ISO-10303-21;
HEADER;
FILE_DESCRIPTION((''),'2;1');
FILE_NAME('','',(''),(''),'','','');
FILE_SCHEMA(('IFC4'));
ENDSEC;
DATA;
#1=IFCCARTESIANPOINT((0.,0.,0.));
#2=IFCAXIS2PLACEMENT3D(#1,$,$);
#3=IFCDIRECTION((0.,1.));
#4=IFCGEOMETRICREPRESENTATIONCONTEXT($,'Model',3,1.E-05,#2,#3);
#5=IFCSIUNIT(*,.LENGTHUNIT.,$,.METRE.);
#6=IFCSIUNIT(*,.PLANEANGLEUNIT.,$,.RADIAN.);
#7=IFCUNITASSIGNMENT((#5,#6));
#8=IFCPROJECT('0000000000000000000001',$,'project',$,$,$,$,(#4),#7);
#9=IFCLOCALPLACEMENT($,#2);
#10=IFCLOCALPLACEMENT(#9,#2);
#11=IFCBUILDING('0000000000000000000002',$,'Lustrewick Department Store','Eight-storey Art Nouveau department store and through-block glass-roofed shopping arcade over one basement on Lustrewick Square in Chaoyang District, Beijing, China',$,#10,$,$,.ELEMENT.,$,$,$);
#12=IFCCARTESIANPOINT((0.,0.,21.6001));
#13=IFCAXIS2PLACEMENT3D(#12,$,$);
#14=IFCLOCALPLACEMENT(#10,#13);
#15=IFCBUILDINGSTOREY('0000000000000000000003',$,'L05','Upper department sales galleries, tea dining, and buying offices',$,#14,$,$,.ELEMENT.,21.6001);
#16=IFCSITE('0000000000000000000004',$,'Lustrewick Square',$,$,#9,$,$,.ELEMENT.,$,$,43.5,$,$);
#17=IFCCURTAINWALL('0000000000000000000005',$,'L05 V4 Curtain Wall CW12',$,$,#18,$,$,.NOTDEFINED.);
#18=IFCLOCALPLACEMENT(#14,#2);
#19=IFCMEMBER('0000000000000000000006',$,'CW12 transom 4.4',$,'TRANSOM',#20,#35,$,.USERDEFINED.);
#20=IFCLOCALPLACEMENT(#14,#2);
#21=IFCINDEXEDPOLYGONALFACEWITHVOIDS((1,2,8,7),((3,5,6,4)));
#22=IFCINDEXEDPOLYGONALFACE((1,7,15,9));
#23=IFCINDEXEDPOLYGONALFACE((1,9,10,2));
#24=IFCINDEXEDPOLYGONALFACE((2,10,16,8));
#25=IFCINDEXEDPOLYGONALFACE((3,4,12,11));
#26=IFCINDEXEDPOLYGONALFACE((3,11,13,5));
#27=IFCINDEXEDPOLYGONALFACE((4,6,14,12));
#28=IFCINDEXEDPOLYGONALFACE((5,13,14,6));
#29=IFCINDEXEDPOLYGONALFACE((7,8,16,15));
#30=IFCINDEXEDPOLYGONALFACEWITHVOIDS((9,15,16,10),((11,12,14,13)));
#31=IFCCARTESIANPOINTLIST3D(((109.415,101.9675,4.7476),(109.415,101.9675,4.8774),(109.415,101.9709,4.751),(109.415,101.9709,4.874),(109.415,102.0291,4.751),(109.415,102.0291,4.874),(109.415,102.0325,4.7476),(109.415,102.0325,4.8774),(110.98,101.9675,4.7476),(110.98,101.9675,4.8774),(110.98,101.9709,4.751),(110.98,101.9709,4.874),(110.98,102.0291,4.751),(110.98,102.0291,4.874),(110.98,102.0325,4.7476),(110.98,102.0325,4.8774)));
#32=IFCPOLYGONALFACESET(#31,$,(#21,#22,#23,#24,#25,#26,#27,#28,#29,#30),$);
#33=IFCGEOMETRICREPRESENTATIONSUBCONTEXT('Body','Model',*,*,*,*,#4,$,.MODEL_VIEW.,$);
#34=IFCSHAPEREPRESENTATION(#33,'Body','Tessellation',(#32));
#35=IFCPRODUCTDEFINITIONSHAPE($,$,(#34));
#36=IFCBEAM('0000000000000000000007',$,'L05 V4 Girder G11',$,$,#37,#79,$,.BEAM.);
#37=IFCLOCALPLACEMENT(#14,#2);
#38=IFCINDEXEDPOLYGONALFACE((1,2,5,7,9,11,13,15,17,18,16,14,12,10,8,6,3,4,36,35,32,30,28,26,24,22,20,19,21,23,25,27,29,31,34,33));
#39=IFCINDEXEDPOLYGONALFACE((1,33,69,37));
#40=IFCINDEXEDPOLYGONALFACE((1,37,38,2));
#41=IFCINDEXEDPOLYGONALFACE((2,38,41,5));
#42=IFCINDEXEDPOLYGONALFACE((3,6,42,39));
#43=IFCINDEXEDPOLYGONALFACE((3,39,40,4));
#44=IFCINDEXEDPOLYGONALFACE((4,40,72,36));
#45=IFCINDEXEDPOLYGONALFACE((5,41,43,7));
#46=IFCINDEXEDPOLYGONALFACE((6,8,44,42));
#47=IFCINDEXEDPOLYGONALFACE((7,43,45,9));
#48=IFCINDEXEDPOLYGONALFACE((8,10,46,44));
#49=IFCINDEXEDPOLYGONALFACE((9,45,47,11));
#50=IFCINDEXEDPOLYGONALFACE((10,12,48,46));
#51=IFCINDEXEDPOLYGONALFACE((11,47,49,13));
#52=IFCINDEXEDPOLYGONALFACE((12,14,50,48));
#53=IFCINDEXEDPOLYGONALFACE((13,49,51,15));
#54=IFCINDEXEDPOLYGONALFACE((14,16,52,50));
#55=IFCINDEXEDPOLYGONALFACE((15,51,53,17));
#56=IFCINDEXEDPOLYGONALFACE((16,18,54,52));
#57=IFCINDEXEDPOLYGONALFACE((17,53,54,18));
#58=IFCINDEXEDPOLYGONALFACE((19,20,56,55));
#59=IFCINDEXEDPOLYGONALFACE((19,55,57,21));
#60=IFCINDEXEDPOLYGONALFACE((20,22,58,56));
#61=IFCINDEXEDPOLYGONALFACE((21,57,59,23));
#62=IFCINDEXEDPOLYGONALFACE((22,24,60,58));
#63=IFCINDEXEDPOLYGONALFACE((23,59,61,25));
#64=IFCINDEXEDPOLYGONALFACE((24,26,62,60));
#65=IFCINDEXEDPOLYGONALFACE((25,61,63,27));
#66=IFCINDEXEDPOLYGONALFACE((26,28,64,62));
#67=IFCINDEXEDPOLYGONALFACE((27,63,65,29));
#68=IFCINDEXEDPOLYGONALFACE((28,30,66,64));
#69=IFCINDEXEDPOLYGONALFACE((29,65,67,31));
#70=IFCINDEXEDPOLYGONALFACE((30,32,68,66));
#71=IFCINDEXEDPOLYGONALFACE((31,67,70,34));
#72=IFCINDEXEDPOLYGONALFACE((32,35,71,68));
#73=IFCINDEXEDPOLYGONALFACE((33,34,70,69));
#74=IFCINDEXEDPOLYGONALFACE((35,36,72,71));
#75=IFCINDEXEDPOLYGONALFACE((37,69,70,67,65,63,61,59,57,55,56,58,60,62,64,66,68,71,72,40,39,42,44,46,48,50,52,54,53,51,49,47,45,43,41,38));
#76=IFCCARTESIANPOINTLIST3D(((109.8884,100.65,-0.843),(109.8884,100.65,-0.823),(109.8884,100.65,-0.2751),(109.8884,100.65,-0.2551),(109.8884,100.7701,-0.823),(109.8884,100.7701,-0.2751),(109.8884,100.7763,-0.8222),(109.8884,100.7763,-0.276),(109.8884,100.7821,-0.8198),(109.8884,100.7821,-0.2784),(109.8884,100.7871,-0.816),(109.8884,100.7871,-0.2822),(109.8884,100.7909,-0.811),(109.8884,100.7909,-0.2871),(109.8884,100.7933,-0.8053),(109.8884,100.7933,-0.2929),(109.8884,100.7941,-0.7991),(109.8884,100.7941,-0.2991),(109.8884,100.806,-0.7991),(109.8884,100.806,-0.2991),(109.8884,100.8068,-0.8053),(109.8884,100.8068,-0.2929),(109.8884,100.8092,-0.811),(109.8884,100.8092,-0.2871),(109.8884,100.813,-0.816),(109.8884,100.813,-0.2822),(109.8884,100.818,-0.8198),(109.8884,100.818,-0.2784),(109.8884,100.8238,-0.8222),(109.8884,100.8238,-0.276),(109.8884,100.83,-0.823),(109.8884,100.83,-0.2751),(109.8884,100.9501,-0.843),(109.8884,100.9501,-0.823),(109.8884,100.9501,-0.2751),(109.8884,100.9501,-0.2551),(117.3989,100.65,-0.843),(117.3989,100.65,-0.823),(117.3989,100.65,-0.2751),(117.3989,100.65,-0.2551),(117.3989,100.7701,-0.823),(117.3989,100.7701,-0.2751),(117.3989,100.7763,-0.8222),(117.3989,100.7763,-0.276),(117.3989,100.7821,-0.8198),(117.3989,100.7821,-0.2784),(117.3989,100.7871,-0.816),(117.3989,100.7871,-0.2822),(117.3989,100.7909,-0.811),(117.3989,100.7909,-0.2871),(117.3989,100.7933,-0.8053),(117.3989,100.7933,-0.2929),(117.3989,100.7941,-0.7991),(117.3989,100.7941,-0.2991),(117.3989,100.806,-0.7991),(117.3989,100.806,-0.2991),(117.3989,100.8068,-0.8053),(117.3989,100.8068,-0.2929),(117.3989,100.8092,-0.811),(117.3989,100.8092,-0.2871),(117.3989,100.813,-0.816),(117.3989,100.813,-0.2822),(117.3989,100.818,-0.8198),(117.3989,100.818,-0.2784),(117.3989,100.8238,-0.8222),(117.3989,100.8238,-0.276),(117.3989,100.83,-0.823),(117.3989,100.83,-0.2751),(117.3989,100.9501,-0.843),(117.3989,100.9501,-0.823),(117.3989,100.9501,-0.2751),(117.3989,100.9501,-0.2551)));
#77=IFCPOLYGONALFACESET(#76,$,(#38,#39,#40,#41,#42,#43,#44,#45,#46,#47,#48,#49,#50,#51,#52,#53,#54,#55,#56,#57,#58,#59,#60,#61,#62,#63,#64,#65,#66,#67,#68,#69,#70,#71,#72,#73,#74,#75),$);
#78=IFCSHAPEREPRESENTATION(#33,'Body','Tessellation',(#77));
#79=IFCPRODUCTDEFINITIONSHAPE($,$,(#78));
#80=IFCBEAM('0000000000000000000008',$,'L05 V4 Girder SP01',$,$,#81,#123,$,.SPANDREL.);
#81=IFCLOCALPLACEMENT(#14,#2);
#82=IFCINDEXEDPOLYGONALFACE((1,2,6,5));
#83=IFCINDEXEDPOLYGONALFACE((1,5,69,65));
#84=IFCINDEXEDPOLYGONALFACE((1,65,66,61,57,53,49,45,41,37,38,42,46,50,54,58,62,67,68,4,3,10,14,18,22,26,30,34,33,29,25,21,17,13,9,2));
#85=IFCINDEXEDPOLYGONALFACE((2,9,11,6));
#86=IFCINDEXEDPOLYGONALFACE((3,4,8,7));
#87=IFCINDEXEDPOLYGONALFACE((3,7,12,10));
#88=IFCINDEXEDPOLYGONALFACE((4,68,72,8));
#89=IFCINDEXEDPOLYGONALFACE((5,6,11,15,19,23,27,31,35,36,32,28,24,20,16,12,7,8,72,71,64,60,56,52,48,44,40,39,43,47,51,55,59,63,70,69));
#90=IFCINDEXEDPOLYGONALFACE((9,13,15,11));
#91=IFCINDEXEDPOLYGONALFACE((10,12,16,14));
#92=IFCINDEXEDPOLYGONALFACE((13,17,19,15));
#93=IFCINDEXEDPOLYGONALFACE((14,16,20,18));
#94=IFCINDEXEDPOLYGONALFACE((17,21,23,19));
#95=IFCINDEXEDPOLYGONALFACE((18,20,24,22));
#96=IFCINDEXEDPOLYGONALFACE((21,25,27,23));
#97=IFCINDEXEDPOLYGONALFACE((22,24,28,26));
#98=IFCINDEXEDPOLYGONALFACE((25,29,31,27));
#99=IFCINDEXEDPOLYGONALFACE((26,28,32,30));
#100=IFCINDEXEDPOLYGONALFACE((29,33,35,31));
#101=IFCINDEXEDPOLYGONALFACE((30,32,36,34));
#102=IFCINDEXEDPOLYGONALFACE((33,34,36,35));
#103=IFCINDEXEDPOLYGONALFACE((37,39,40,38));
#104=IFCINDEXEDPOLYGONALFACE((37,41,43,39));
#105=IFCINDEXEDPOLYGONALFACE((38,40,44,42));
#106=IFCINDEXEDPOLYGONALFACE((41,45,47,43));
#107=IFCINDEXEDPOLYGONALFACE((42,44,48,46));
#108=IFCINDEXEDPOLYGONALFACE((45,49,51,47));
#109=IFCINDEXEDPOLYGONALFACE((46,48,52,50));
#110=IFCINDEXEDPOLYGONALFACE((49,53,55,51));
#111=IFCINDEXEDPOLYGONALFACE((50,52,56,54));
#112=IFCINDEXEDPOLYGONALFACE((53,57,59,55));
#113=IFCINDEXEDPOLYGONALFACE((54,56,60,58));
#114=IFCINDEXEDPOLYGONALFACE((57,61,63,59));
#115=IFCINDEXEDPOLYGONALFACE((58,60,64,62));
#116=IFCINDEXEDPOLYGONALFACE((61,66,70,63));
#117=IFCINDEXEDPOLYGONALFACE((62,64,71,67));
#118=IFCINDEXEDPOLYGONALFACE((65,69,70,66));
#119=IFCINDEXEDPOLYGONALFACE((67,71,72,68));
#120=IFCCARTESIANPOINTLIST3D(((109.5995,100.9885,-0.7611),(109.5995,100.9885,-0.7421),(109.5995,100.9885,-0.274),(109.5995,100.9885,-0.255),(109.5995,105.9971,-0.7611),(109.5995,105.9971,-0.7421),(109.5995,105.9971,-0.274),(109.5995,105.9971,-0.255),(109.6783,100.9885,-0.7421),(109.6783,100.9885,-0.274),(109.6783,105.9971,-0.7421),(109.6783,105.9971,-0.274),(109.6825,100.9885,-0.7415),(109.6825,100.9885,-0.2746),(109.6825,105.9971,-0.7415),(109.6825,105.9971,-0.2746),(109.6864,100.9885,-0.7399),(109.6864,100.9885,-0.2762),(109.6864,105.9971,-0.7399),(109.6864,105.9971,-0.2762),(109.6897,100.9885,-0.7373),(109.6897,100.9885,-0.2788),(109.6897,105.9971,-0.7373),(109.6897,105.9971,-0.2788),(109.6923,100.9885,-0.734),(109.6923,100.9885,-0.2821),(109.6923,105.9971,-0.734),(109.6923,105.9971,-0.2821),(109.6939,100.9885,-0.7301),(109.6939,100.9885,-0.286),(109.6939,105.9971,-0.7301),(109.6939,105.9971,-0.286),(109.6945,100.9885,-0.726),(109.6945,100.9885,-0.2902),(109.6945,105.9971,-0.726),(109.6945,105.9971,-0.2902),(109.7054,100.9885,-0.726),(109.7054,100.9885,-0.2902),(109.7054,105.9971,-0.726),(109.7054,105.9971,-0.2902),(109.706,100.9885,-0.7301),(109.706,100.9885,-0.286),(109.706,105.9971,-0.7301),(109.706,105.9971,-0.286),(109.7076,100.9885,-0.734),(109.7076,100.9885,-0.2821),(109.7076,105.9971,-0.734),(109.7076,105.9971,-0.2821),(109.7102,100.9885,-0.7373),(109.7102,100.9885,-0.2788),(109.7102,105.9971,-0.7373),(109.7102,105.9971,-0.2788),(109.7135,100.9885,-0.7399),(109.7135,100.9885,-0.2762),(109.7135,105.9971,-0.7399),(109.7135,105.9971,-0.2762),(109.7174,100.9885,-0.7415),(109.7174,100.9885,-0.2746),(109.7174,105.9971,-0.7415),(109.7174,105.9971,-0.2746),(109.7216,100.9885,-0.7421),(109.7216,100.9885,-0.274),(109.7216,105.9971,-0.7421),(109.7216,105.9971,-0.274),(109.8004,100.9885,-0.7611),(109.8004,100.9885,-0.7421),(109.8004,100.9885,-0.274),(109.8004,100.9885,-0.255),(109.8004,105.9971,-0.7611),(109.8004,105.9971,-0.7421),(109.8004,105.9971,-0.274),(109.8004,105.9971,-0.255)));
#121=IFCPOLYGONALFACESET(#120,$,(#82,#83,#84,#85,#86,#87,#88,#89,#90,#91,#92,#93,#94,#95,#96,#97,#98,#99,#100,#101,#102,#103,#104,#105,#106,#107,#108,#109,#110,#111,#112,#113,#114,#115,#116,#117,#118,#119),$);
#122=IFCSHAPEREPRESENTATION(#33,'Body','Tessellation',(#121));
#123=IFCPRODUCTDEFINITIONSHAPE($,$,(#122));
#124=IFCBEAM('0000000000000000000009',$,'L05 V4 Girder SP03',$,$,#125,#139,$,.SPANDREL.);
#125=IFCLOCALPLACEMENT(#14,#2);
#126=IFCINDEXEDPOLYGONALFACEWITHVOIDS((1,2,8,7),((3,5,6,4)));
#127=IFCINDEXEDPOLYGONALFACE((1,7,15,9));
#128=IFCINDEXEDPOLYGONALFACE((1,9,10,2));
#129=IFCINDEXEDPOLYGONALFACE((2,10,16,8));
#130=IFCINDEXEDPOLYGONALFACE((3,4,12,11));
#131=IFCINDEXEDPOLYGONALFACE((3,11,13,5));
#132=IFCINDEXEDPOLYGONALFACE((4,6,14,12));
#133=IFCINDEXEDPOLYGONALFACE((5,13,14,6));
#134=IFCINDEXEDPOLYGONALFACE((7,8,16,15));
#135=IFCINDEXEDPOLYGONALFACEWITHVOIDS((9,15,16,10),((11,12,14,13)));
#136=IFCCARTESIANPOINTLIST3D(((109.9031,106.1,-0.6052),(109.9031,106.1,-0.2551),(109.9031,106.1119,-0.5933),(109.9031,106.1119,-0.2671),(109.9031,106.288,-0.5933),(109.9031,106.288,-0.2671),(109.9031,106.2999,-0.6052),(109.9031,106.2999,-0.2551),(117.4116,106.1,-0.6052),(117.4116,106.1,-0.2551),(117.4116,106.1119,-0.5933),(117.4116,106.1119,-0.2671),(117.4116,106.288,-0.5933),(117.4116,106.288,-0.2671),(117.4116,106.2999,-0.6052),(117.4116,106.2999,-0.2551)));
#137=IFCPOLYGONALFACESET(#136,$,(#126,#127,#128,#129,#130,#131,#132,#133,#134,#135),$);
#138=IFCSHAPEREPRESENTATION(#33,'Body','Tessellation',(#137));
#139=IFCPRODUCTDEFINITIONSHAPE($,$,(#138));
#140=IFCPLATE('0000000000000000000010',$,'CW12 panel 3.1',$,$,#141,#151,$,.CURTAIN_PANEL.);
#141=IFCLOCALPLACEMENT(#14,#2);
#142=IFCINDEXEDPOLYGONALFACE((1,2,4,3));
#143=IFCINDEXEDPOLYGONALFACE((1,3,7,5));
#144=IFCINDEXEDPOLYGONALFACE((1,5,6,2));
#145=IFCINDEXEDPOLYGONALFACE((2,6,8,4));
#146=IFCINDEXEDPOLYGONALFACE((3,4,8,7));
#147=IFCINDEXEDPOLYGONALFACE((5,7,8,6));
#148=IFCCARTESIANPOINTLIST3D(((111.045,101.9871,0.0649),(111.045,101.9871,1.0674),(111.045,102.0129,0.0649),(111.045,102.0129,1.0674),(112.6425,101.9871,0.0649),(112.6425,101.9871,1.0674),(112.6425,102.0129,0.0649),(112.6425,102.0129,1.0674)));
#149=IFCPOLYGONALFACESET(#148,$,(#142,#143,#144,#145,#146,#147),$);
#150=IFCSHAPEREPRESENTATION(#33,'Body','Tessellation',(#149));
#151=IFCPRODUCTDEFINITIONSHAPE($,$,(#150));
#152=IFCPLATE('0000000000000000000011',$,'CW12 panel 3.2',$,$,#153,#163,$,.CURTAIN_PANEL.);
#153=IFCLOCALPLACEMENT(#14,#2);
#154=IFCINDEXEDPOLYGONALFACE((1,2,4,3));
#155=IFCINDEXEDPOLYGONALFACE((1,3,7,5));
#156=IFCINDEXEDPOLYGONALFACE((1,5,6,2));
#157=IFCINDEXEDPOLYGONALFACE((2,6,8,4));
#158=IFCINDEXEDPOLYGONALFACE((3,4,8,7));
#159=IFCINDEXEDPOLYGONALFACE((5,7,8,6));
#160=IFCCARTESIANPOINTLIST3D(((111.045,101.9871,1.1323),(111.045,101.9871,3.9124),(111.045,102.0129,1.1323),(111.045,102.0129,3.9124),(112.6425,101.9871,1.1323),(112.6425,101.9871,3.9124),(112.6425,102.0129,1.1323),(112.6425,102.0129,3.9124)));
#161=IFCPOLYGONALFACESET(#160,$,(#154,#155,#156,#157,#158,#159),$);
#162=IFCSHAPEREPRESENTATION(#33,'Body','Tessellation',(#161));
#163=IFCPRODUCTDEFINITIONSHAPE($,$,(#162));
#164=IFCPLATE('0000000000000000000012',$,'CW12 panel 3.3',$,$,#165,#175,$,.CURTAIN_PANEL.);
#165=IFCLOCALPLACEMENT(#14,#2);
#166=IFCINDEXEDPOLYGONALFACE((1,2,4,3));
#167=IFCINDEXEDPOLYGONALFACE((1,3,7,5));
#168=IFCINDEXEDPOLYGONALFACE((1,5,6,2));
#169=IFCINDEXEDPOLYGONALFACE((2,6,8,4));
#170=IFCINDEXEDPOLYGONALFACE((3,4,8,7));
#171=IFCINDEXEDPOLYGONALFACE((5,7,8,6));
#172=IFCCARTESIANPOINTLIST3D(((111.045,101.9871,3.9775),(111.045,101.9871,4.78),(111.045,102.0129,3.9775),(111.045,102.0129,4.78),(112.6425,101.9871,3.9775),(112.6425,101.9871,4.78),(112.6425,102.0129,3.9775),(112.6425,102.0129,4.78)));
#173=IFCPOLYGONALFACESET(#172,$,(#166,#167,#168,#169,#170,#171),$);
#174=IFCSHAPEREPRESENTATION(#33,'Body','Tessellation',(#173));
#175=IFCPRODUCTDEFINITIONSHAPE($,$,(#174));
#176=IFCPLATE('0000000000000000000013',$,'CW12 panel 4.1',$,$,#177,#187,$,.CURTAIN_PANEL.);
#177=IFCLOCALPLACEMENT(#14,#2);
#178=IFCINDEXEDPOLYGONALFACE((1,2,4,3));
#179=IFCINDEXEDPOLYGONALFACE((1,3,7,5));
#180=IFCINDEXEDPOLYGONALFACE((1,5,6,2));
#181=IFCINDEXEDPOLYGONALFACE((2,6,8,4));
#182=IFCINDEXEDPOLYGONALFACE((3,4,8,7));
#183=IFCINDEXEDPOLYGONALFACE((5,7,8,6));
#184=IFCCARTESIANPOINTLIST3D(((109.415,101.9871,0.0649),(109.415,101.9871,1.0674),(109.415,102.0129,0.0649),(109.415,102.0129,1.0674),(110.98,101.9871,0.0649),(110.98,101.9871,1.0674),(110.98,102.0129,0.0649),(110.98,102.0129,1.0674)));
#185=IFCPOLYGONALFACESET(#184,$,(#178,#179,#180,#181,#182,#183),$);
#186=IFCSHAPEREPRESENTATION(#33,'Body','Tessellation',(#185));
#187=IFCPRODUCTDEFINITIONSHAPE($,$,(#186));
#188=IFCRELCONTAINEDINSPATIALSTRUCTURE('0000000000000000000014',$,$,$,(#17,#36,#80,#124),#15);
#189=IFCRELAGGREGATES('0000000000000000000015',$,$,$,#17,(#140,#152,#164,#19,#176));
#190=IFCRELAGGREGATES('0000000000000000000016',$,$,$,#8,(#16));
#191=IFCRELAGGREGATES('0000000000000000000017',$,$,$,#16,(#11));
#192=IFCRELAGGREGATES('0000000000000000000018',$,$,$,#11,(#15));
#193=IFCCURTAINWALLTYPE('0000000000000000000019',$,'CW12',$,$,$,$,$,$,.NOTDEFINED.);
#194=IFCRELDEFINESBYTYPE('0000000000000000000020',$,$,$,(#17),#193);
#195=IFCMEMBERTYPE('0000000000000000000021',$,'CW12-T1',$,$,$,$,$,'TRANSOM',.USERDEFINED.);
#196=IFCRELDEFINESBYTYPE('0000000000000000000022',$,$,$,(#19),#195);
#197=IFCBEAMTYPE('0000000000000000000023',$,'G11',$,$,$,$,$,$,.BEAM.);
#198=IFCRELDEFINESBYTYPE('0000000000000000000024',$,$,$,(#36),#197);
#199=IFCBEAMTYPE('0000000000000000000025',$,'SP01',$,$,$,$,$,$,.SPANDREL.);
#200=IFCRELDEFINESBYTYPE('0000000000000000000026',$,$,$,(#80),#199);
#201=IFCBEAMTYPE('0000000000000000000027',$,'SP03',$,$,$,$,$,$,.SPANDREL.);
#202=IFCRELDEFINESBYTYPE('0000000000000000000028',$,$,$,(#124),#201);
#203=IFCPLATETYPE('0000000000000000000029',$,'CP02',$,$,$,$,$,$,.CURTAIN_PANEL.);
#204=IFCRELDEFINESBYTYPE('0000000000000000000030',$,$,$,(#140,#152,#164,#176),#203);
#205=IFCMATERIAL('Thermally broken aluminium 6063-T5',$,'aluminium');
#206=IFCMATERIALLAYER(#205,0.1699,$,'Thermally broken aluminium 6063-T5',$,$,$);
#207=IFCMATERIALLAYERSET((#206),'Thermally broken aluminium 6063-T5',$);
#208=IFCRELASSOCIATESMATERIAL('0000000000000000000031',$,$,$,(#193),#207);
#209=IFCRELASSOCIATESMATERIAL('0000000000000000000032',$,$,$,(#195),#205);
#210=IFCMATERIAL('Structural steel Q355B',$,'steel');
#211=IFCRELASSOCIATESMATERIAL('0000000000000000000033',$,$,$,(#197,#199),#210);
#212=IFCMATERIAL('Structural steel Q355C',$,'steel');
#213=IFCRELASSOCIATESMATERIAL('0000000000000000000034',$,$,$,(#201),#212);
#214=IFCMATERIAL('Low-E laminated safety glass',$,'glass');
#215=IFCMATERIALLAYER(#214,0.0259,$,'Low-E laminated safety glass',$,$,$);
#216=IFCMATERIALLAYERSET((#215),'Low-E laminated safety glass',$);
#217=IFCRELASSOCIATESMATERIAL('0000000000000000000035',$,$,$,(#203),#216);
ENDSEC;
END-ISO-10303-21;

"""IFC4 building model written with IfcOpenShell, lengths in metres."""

from ifc_helpers import new_model, si_unit, direction, frame, origin, origin_2d, place, context, subcontext, project, spatial, rectangle, hollow_rectangle, i_section, extrude, material, layer, layer_set, material_profile, profile_set, type_object, element, aggregate, save


model = new_model("IFC4")

# Units and contexts
model_context = context("Model", 3, precision=1e-05, world=origin(), true_north=direction((0.0, 1.0)))
body_context = subcontext(model_context, "Body", "Model", "MODEL_VIEW")
ifc_project = project(units=[si_unit("LENGTHUNIT", "METRE"), si_unit("PLANEANGLEUNIT", "RADIAN")], contexts=[model_context])

# Site, building, storey
site_placement = place(None, origin())
site = spatial("IfcSite", under=ifc_project, at=site_placement, Name="Lustrewick Square", CompositionType="ELEMENT", RefElevation=43.5)
building_placement = place(site_placement, origin())
building = spatial("IfcBuilding", under=site, at=building_placement, Name="Lustrewick Department Store", Description="Eight-storey Art Nouveau department store and through-block glass-roofed shopping arcade over one basement on Lustrewick Square in Chaoyang District, Beijing, China", CompositionType="ELEMENT")
storey_placement = place(building_placement, frame((0.0, 0.0, 21.6001)))
storey = spatial("IfcBuildingStorey", under=building, at=storey_placement, Name="L05", Description="Upper department sales galleries, tea dining, and buying offices", CompositionType="ELEMENT", Elevation=21.6001)

# Shared definitions
ifc_material_1 = material(Name="Structural steel Q355B", Category="steel")

# Curtain wall, member
ifc_material_2 = material(Name="Thermally broken aluminium 6063-T5", Category="aluminium")
ifc_layer_1 = layer(ifc_material_2, 0.1699, Name="Thermally broken aluminium 6063-T5")
ifc_layer_set_1 = layer_set([ifc_layer_1], Name="Thermally broken aluminium 6063-T5")
curtain_wall_type = type_object("IfcCurtainWallType", Name="CW12", PredefinedType="NOTDEFINED", material=ifc_layer_set_1)
curtain_wall_placement = place(storey_placement, origin())
curtain_wall = element("IfcCurtainWall", 1, at=curtain_wall_placement, inside=storey, type_object=curtain_wall_type, Name="L05 V4 Curtain Wall CW12", PredefinedType="NOTDEFINED")
ifc_material_profile_1 = material_profile(ifc_material_2, hollow_rectangle(XDim=0.0649, YDim=0.1299, WallThickness=0.0034, at=origin_2d()), Name="ALU-T 65x130x3.5")
ifc_profile_set_1 = profile_set([ifc_material_profile_1], Name="Thermally broken aluminium 6063-T5")
member_type_1 = type_object("IfcMemberType", Name="CW12-T1", ElementType="TRANSOM", PredefinedType="USERDEFINED", material=ifc_profile_set_1)
member_1_placement = place(storey_placement, frame((110.98, 102.0, 4.8125), z_axis=(-1.0, 0.0, 0.0), x_axis=(0.0, -1.0, 0.0)))
member_1 = element("IfcMember", 2, at=member_1_placement, type_object=member_type_1, Name="CW12 transom 4.4", ObjectType="TRANSOM", PredefinedType="USERDEFINED", context=body_context, shape_type="SweptSolid", body=[
    extrude(hollow_rectangle(XDim=0.0649, YDim=0.1299, WallThickness=0.0034, at=origin_2d()), origin(), (0.0, 0.0, 1.0), 1.5649),
])

# Beams
ifc_material_profile_2 = material_profile(ifc_material_1, i_section(OverallWidth=0.3, OverallDepth=0.5879, WebThickness=0.012, FlangeThickness=0.02, FilletRadius=0.0239, at=origin_2d()), Name="HM 588x300x12x20")
ifc_profile_set_2 = profile_set([ifc_material_profile_2], Name="Structural steel Q355B")
beam_type_1 = type_object("IfcBeamType", Name="G11", PredefinedType="BEAM", material=ifc_profile_set_2)
beam_1_placement = place(storey_placement, frame((109.8884, 100.8, -0.5491), z_axis=(1.0, 0.0, 0.0), x_axis=(0.0, 1.0, 0.0)))
element("IfcBeam", 3, at=beam_1_placement, inside=storey, type_object=beam_type_1, Name="L05 V4 Girder G11", PredefinedType="BEAM", context=body_context, shape_type="SweptSolid", body=[
    extrude(i_section(OverallWidth=0.3, OverallDepth=0.5879, WebThickness=0.012, FlangeThickness=0.02, FilletRadius=0.0239, at=origin_2d()), origin(), (0.0, 0.0, 1.0), 7.5105),
])
ifc_material_profile_3 = material_profile(ifc_material_1, i_section(OverallWidth=0.2009, OverallDepth=0.5061, WebThickness=0.011, FlangeThickness=0.019, FilletRadius=0.0161, at=origin_2d()), Name="HN 506x201x11x19")
ifc_profile_set_3 = profile_set([ifc_material_profile_3], Name="Structural steel Q355B")
beam_type_2 = type_object("IfcBeamType", Name="SP01", PredefinedType="SPANDREL", material=ifc_profile_set_3)
beam_2_placement = place(storey_placement, frame((109.7, 100.9885, -0.5081), z_axis=(0.0, 1.0, 0.0), x_axis=(-1.0, 0.0, 0.0)))
element("IfcBeam", 4, at=beam_2_placement, inside=storey, type_object=beam_type_2, Name="L05 V4 Girder SP01", PredefinedType="SPANDREL", context=body_context, shape_type="SweptSolid", body=[
    extrude(i_section(OverallWidth=0.2009, OverallDepth=0.5061, WebThickness=0.011, FlangeThickness=0.019, FilletRadius=0.0161, at=origin_2d()), origin(), (0.0, 0.0, 1.0), 5.0085),
])
ifc_material_3 = material(Name="Structural steel Q355C", Category="steel")
ifc_material_profile_4 = material_profile(ifc_material_3, hollow_rectangle(XDim=0.2, YDim=0.3501, WallThickness=0.012, at=origin_2d()), Name="RHS 350x200x12")
ifc_profile_set_4 = profile_set([ifc_material_profile_4], Name="Structural steel Q355C")
beam_type_3 = type_object("IfcBeamType", Name="SP03", PredefinedType="SPANDREL", material=ifc_profile_set_4)
beam_3_placement = place(storey_placement, frame((109.9031, 106.2, -0.4302), z_axis=(1.0, 0.0, 0.0), x_axis=(0.0, 1.0, 0.0)))
element("IfcBeam", 5, at=beam_3_placement, inside=storey, type_object=beam_type_3, Name="L05 V4 Girder SP03", PredefinedType="SPANDREL", context=body_context, shape_type="SweptSolid", body=[
    extrude(hollow_rectangle(XDim=0.2, YDim=0.3501, WallThickness=0.012, at=origin_2d()), origin(), (0.0, 0.0, 1.0), 7.5085),
])

# Plates
ifc_material_4 = material(Name="Low-E laminated safety glass", Category="glass")
ifc_layer_2 = layer(ifc_material_4, 0.0259, Name="Low-E laminated safety glass")
ifc_layer_set_2 = layer_set([ifc_layer_2], Name="Low-E laminated safety glass")
plate_type = type_object("IfcPlateType", Name="CP02", PredefinedType="CURTAIN_PANEL", material=ifc_layer_set_2)
plate_1_placement = place(storey_placement, frame((111.8438, 102.0, 0.0649), z_axis=(0.0, 0.0, 1.0), x_axis=(-1.0, 0.0, 0.0)))
plate_1 = element("IfcPlate", 6, at=plate_1_placement, type_object=plate_type, Name="CW12 panel 3.1", PredefinedType="CURTAIN_PANEL", context=body_context, shape_type="SweptSolid", body=[
    extrude(rectangle(XDim=1.5974, YDim=0.0259, at=origin_2d()), origin(), (0.0, 0.0, 1.0), 1.0024),
])
plate_2_placement = place(storey_placement, frame((111.8438, 102.0, 1.1323), z_axis=(0.0, 0.0, 1.0), x_axis=(-1.0, 0.0, 0.0)))
plate_2 = element("IfcPlate", 7, at=plate_2_placement, type_object=plate_type, Name="CW12 panel 3.2", PredefinedType="CURTAIN_PANEL", context=body_context, shape_type="SweptSolid", body=[
    extrude(rectangle(XDim=1.5974, YDim=0.0259, at=origin_2d()), origin(), (0.0, 0.0, 1.0), 2.78),
])
plate_3_placement = place(storey_placement, frame((111.8438, 102.0, 3.9775), z_axis=(0.0, 0.0, 1.0), x_axis=(-1.0, 0.0, 0.0)))
plate_3 = element("IfcPlate", 8, at=plate_3_placement, type_object=plate_type, Name="CW12 panel 3.3", PredefinedType="CURTAIN_PANEL", context=body_context, shape_type="SweptSolid", body=[
    extrude(rectangle(XDim=1.5974, YDim=0.0259, at=origin_2d()), origin(), (0.0, 0.0, 1.0), 0.8025),
])
plate_4_placement = place(storey_placement, frame((110.1975, 102.0, 0.0649), z_axis=(0.0, 0.0, 1.0), x_axis=(-1.0, 0.0, 0.0)))
plate_4 = element("IfcPlate", 9, at=plate_4_placement, type_object=plate_type, Name="CW12 panel 4.1", PredefinedType="CURTAIN_PANEL", context=body_context, shape_type="SweptSolid", body=[
    extrude(rectangle(XDim=1.5649, YDim=0.0259, at=origin_2d()), origin(), (0.0, 0.0, 1.0), 1.0024),
])
aggregate(curtain_wall, [plate_1, plate_2, plate_3, member_1, plate_4])

save(model, "model.ifc")
